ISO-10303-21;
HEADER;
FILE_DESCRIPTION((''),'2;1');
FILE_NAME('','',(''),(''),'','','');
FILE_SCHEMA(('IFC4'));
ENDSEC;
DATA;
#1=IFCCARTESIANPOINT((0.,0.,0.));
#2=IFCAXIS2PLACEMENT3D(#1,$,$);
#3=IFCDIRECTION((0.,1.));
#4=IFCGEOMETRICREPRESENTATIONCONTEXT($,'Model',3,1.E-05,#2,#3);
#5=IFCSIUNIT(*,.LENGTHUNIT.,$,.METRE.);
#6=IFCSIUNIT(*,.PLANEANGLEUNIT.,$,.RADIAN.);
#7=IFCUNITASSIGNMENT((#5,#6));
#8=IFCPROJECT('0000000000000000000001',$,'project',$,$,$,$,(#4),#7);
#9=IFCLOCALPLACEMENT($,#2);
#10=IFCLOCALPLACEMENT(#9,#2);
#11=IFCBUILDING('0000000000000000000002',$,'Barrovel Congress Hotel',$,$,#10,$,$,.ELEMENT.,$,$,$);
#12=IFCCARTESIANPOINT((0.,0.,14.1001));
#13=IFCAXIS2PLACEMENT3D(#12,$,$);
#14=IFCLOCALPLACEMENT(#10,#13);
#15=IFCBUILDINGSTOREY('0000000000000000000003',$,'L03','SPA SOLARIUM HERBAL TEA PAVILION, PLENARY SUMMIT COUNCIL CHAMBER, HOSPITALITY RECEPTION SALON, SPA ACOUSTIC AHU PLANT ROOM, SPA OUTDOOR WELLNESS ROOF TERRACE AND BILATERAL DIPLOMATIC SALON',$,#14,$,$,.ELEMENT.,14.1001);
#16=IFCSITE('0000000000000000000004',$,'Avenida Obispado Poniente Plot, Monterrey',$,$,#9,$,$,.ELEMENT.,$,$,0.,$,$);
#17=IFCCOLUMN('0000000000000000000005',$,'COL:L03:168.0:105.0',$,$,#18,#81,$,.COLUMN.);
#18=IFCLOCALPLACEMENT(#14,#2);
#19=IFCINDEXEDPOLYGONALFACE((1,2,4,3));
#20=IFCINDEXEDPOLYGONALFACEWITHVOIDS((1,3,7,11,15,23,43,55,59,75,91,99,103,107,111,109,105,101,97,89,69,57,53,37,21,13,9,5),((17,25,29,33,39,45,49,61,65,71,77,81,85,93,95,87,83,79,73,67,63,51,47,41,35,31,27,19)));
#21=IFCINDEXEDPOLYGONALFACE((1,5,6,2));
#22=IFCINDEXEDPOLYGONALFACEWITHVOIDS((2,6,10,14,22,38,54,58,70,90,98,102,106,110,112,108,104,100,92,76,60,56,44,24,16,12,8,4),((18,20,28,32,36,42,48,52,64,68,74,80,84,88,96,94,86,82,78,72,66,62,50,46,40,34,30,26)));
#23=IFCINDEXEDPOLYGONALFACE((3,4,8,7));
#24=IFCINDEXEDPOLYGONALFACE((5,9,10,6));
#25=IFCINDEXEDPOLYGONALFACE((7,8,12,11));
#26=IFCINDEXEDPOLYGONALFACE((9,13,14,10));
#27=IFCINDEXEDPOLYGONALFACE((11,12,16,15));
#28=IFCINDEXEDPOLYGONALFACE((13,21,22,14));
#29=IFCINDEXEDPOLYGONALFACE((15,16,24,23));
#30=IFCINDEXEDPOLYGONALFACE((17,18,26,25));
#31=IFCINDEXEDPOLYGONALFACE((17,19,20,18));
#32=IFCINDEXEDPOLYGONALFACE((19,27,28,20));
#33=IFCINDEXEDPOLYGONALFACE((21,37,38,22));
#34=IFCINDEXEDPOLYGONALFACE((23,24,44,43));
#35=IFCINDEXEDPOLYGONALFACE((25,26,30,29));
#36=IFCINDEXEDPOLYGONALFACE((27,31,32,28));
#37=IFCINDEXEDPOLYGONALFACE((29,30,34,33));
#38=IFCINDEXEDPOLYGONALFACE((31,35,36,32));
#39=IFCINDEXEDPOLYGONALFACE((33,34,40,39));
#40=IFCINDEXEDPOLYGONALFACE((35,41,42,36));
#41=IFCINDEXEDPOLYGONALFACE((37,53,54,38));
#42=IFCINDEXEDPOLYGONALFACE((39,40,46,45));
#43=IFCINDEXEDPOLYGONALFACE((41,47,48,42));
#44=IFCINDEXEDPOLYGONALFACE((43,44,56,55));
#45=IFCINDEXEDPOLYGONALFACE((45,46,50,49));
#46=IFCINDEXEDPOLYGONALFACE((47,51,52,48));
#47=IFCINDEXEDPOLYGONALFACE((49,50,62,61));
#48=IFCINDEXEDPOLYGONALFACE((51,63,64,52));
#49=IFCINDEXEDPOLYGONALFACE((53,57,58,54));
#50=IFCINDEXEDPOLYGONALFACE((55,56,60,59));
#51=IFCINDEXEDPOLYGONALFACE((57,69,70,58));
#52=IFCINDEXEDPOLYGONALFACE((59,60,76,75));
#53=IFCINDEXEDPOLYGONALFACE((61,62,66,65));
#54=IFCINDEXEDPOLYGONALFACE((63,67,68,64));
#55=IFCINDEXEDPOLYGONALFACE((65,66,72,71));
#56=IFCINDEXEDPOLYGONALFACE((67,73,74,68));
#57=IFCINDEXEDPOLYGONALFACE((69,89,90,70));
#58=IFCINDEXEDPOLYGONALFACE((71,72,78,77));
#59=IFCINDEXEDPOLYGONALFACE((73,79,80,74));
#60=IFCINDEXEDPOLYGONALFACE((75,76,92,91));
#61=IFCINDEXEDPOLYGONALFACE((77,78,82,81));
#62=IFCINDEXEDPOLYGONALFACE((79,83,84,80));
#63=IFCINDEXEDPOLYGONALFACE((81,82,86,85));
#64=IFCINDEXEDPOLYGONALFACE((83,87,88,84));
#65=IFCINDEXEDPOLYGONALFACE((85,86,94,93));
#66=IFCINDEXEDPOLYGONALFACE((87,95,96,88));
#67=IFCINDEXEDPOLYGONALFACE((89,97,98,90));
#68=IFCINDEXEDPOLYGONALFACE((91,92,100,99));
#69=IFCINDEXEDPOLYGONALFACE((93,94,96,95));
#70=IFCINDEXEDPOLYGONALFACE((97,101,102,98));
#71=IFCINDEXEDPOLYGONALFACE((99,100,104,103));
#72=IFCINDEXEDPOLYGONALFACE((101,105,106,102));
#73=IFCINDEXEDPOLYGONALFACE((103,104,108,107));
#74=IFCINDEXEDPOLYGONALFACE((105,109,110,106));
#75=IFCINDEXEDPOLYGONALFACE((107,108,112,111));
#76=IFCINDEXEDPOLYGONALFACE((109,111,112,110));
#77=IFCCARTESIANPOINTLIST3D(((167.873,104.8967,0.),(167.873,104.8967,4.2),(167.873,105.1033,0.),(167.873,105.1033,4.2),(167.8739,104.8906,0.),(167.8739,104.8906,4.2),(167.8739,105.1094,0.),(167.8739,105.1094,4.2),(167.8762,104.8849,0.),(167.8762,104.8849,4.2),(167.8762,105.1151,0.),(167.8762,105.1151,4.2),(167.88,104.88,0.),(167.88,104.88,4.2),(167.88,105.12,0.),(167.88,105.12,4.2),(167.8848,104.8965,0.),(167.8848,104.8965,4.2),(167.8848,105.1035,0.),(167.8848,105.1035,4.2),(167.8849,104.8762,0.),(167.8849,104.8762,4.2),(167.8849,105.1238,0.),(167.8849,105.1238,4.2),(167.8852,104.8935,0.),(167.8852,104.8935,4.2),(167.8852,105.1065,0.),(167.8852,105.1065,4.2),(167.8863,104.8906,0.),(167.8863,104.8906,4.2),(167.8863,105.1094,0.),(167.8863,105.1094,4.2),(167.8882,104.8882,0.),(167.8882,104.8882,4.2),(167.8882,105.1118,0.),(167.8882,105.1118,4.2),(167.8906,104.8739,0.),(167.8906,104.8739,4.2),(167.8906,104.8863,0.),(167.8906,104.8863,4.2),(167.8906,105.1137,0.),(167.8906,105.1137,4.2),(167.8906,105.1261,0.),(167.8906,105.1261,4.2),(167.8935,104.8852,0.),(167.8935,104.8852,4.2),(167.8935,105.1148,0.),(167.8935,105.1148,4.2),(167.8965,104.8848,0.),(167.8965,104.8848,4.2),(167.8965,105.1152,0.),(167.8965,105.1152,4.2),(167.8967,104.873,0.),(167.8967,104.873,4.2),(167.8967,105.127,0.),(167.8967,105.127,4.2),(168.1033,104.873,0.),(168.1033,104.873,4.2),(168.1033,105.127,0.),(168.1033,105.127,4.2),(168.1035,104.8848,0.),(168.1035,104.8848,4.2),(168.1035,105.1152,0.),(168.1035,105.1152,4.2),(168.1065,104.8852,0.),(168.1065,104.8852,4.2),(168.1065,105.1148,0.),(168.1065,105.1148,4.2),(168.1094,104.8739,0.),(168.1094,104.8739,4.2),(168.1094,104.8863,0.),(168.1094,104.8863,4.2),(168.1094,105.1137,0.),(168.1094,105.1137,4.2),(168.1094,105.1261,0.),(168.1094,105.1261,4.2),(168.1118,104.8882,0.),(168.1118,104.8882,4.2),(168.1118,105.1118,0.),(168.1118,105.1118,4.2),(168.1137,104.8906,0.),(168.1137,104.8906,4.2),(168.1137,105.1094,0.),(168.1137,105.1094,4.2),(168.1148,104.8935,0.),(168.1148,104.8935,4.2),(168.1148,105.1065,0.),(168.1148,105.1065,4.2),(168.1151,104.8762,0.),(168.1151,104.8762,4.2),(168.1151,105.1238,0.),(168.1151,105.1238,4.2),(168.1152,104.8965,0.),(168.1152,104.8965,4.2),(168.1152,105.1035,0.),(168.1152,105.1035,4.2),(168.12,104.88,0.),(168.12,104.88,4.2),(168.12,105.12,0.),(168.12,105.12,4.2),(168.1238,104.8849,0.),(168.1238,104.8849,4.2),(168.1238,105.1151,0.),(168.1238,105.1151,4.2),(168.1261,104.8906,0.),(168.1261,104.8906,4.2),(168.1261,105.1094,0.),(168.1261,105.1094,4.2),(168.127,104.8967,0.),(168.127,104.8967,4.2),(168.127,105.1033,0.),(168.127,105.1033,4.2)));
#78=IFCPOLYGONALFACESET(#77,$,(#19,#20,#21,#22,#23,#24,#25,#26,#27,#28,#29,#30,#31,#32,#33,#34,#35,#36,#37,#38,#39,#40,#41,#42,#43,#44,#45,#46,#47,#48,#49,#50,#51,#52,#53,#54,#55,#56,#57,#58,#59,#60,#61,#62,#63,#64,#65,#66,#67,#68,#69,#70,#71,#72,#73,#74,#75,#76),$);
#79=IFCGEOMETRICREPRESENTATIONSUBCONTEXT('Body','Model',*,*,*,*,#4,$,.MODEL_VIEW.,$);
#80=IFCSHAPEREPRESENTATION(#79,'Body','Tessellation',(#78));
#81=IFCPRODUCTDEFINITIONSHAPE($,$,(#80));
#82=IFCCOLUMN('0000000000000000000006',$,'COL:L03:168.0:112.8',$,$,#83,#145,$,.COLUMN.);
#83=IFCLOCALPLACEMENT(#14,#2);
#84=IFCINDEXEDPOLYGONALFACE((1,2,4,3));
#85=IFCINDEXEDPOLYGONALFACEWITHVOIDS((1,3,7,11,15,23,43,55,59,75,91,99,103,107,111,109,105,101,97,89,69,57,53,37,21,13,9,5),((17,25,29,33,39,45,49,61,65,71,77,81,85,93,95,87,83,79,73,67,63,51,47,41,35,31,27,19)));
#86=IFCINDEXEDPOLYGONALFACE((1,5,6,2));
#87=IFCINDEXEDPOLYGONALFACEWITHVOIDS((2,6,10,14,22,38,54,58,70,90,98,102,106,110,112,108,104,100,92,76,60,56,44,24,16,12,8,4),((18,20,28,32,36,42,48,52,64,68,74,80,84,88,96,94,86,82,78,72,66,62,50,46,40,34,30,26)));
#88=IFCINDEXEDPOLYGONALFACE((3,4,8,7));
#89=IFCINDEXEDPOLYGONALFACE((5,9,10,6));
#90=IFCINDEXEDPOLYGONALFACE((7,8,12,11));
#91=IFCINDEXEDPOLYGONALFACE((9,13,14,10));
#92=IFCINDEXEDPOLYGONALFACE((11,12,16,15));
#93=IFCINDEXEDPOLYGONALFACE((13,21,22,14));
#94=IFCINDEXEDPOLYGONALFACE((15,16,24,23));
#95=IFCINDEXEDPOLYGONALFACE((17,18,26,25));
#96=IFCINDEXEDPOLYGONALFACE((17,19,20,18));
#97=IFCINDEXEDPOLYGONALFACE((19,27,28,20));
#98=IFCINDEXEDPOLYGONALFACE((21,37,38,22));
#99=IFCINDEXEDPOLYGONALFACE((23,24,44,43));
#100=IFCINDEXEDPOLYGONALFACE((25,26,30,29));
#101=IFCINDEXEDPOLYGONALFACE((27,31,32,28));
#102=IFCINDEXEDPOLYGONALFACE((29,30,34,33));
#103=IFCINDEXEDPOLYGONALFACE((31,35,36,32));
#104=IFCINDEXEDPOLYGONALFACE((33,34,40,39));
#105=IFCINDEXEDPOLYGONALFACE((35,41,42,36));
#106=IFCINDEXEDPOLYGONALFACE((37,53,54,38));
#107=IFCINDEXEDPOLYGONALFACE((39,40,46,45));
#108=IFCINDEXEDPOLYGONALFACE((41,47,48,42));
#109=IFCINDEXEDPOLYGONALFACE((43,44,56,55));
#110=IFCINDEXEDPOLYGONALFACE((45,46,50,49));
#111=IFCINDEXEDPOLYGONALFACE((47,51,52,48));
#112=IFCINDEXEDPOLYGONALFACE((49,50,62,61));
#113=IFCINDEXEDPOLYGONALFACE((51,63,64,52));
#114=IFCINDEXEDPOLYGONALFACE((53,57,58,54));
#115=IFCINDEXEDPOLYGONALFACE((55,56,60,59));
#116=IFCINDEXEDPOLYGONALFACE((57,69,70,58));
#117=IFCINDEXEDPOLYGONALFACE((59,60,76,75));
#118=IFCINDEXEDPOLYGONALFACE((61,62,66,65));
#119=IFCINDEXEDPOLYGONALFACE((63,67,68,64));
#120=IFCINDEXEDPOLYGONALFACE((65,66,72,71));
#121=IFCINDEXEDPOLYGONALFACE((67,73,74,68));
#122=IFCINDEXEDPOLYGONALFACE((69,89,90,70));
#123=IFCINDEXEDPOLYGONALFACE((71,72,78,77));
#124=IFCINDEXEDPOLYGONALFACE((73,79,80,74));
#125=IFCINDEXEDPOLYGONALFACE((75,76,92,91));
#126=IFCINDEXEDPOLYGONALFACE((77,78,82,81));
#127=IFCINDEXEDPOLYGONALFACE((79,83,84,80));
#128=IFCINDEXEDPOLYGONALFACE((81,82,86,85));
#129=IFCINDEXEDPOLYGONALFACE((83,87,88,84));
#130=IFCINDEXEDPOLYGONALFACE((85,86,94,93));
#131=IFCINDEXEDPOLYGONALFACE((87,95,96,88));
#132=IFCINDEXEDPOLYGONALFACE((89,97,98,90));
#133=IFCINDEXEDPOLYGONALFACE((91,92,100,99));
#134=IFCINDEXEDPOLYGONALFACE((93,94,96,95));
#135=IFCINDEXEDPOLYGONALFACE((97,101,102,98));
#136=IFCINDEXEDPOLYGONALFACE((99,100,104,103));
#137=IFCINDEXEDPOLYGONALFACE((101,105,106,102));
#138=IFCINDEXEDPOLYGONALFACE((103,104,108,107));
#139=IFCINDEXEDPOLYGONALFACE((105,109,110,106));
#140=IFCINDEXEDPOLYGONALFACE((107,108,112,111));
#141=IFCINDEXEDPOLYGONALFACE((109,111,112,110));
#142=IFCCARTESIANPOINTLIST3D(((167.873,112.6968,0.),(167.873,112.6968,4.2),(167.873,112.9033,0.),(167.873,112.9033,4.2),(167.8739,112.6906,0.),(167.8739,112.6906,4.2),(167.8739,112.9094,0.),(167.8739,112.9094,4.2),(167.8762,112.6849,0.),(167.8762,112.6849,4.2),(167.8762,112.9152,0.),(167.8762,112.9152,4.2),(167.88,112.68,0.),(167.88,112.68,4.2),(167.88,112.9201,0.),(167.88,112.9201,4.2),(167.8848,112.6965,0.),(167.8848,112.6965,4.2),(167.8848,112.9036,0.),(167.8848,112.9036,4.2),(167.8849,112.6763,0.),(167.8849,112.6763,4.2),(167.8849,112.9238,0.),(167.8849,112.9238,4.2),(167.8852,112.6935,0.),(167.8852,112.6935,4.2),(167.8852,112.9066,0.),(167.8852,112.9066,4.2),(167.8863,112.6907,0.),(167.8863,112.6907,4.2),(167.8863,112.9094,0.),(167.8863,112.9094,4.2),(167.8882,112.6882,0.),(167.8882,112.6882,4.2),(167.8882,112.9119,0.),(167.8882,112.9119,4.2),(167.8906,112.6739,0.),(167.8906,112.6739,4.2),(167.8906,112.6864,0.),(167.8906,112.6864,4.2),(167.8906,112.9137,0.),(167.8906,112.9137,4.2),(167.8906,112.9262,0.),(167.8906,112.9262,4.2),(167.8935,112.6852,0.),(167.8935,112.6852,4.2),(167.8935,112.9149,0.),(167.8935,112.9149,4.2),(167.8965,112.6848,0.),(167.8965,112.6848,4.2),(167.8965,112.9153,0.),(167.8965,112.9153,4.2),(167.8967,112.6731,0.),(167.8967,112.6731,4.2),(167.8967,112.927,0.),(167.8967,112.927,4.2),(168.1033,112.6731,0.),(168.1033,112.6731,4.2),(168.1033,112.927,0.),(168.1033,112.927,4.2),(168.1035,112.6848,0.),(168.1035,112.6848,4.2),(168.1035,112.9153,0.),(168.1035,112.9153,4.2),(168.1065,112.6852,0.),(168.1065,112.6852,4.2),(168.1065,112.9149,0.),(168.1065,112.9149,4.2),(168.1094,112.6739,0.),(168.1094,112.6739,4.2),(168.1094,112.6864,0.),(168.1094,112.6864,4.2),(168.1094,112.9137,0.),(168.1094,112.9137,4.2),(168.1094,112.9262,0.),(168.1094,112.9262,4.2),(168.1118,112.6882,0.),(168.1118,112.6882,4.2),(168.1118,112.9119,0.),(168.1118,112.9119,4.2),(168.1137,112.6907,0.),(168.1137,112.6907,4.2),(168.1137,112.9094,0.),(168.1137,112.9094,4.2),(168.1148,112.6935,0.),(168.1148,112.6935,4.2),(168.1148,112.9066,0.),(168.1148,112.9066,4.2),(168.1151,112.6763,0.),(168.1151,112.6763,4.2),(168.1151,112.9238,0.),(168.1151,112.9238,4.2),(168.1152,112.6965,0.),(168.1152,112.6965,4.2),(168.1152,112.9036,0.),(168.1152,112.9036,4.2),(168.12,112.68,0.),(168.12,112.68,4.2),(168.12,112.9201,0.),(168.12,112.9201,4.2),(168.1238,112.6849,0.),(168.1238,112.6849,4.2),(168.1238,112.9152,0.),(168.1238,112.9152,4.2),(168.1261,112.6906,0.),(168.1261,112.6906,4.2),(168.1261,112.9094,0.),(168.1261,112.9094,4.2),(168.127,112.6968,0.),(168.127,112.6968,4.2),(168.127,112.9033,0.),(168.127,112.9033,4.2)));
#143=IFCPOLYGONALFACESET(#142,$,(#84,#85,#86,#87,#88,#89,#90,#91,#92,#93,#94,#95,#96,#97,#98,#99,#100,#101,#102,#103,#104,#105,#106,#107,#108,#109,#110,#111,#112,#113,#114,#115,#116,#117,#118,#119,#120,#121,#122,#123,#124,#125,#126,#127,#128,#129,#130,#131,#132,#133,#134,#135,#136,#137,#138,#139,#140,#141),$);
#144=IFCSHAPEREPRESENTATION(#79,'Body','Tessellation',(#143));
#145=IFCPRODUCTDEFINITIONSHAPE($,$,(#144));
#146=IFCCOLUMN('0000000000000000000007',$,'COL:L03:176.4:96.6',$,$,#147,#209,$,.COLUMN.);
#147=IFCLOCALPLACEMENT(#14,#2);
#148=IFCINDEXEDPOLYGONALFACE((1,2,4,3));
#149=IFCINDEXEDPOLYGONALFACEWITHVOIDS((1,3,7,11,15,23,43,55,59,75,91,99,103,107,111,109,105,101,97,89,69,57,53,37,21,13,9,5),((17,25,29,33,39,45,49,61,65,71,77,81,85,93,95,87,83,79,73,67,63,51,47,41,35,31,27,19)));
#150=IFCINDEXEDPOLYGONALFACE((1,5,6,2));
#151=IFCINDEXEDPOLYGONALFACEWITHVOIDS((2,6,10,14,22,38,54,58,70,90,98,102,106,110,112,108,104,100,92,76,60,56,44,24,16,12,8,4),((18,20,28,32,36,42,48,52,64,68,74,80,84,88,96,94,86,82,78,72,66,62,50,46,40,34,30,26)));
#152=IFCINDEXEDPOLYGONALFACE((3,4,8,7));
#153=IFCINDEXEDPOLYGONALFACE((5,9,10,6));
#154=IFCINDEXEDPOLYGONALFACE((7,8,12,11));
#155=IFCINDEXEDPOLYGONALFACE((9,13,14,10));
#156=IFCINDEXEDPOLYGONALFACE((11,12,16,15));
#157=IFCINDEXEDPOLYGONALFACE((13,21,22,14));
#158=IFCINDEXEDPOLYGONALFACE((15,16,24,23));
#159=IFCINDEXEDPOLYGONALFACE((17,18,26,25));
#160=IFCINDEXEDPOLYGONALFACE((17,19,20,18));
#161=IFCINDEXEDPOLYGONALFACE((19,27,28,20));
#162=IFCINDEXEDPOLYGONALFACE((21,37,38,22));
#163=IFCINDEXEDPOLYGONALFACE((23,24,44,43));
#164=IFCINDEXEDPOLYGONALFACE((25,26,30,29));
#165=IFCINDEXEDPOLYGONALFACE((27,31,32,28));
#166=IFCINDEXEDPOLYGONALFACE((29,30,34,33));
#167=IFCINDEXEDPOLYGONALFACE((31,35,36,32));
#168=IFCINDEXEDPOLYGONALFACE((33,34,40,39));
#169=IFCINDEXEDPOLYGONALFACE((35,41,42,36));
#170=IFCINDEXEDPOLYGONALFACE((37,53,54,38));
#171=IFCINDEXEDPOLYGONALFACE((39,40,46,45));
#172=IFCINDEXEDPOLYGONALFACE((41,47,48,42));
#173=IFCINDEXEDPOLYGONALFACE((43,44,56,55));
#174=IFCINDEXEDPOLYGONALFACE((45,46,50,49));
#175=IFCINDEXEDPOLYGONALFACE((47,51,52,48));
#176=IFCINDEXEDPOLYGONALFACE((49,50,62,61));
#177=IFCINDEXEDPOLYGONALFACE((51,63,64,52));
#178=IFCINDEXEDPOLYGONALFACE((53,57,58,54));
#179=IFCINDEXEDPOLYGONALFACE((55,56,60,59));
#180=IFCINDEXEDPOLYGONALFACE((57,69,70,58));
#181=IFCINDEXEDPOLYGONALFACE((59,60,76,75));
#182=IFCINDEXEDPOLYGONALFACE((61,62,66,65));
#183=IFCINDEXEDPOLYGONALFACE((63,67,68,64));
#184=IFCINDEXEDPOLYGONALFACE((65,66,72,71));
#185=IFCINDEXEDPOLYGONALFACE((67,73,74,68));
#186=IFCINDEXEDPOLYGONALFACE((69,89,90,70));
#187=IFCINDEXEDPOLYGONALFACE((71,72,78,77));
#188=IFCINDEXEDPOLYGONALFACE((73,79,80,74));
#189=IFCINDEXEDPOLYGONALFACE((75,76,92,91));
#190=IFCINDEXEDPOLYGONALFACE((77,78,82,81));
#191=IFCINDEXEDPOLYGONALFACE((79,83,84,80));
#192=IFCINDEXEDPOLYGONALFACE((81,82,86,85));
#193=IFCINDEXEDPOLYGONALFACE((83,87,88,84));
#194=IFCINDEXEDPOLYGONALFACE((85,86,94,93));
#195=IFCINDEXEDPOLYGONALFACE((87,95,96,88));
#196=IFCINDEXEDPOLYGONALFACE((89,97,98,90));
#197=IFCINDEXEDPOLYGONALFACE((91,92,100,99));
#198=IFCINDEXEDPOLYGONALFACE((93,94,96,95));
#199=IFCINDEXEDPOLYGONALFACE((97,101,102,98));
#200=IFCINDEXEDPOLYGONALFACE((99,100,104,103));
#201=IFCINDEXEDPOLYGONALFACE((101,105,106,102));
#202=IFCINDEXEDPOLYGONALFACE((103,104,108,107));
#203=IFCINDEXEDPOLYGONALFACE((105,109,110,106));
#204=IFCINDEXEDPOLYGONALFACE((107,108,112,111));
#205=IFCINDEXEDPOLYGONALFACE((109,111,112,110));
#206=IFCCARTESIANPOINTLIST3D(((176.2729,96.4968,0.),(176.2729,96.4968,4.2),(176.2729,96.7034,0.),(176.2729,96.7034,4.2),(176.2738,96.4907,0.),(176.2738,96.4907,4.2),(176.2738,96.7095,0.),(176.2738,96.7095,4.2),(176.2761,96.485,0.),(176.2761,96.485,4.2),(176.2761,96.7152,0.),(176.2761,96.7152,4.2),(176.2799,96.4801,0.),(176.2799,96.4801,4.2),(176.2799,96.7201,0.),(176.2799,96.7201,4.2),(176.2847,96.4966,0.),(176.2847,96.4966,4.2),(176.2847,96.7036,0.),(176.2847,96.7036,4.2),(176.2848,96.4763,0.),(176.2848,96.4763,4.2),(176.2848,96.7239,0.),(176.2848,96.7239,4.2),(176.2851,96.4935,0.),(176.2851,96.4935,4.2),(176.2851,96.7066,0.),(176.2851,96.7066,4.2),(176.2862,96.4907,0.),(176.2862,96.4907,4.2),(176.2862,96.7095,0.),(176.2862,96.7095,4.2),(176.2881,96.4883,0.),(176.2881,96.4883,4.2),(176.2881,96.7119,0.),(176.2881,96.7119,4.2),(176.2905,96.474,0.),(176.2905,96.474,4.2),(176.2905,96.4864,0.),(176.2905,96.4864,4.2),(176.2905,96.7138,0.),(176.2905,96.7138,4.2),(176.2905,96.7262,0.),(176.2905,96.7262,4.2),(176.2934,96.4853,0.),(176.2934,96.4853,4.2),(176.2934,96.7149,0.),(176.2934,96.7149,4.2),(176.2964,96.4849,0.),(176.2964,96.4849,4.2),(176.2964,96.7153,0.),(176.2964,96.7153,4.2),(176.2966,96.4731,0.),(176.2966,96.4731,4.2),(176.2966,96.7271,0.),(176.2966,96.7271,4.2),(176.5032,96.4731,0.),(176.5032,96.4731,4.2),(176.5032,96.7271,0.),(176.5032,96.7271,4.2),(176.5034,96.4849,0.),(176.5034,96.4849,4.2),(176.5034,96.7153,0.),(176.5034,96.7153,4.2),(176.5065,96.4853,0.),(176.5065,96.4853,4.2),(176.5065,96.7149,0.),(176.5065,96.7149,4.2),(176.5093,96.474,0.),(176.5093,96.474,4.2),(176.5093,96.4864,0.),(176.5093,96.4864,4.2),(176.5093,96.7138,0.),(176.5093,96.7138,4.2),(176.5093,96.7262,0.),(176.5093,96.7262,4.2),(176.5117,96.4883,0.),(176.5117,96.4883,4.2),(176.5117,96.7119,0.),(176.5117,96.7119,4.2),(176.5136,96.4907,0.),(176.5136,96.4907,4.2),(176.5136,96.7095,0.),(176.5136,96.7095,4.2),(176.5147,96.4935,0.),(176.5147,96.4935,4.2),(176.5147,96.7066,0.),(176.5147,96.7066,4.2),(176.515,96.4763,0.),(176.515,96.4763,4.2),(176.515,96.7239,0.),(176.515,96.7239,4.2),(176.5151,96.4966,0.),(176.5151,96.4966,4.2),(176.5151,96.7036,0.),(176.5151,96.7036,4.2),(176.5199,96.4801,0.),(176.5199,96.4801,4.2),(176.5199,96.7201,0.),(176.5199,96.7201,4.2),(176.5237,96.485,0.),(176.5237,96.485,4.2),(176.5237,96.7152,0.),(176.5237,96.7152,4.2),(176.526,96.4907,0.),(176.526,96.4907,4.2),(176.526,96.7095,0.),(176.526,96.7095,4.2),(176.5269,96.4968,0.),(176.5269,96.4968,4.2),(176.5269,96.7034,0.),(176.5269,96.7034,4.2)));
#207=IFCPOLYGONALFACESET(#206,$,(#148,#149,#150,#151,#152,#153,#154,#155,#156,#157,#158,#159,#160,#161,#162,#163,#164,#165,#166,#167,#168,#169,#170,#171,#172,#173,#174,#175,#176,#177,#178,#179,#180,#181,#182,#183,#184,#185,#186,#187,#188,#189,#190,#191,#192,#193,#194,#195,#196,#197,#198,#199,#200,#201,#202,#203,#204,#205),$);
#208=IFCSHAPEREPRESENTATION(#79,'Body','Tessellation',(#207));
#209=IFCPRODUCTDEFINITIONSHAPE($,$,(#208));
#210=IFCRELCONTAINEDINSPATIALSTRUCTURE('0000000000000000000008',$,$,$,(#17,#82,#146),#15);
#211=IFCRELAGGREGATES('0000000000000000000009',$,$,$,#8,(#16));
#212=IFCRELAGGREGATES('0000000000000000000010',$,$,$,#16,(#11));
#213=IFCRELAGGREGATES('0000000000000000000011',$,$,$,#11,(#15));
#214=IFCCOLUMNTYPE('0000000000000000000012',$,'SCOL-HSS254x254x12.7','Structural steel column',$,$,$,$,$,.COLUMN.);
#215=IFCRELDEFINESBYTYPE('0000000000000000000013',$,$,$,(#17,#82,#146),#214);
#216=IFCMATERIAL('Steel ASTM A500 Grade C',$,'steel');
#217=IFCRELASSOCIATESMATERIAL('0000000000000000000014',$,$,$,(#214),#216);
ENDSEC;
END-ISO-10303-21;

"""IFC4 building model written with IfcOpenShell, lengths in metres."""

from ifc_helpers import new_model, si_unit, direction, frame, origin, origin_2d, place, context, subcontext, project, spatial, hollow_rectangle, extrude, material, material_profile, profile_set, type_object, element, save


model = new_model("IFC4")

# Units and contexts
model_context = context("Model", 3, precision=1e-05, world=origin(), true_north=direction((0.0, 1.0)))
body_context = subcontext(model_context, "Body", "Model", "MODEL_VIEW")
ifc_project = project(units=[si_unit("LENGTHUNIT", "METRE"), si_unit("PLANEANGLEUNIT", "RADIAN")], contexts=[model_context])

# Site, building, storey
site_placement = place(None, origin())
site = spatial("IfcSite", under=ifc_project, at=site_placement, Name="Avenida Obispado Poniente Plot, Monterrey", CompositionType="ELEMENT", RefElevation=0.0)
building_placement = place(site_placement, origin())
building = spatial("IfcBuilding", under=site, at=building_placement, Name="Barrovel Congress Hotel", CompositionType="ELEMENT")
storey_placement = place(building_placement, frame((0.0, 0.0, 14.1001)))
storey = spatial("IfcBuildingStorey", under=building, at=storey_placement, Name="L03", Description="SPA SOLARIUM HERBAL TEA PAVILION, PLENARY SUMMIT COUNCIL CHAMBER, HOSPITALITY RECEPTION SALON, SPA ACOUSTIC AHU PLANT ROOM, SPA OUTDOOR WELLNESS ROOF TERRACE AND BILATERAL DIPLOMATIC SALON", CompositionType="ELEMENT", Elevation=14.1001)

# Columns
ifc_material_1 = material(Name="Steel ASTM A500 Grade C", Category="steel")
ifc_material_profile_1 = material_profile(ifc_material_1, hollow_rectangle(XDim=0.2539, YDim=0.2539, WallThickness=0.0117, InnerFilletRadius=0.0117, OuterFilletRadius=0.0237, at=origin_2d()), Name="HSS254x254x12.7")
ifc_profile_set_1 = profile_set([ifc_material_profile_1], Name="Steel ASTM A500 Grade C")
column_type = type_object("IfcColumnType", Name="SCOL-HSS254x254x12.7", Description="Structural steel column", PredefinedType="COLUMN", material=ifc_profile_set_1)
for number, where, z_axis, x_axis, name in (
    (1, (168.0, 105.0, 0.0), (0.0, 0.0, 1.0), (1.0, 0.0, 0.0), "COL:L03:168.0:105.0"),
    (2, (168.0, 112.8, 0.0), (0.0, 0.0, 1.0), (1.0, 0.0, 0.0), "COL:L03:168.0:112.8"),
    (3, (176.3999, 96.6001, 0.0), (0.0, 0.0, 1.0), (1.0, 0.0, 0.0), "COL:L03:176.4:96.6"),
):
    element("IfcColumn", number, at=place(storey_placement, frame(where, z_axis=z_axis, x_axis=x_axis)), inside=storey, type_object=column_type, Name=name, PredefinedType="COLUMN", context=body_context, shape_type="SweptSolid", body=[
        extrude(hollow_rectangle(XDim=0.2539, YDim=0.2539, WallThickness=0.0117, InnerFilletRadius=0.0117, OuterFilletRadius=0.0237, at=origin_2d()), origin(), (0.0, 0.0, 1.0), 4.2),
    ])

save(model, "model.ifc")
